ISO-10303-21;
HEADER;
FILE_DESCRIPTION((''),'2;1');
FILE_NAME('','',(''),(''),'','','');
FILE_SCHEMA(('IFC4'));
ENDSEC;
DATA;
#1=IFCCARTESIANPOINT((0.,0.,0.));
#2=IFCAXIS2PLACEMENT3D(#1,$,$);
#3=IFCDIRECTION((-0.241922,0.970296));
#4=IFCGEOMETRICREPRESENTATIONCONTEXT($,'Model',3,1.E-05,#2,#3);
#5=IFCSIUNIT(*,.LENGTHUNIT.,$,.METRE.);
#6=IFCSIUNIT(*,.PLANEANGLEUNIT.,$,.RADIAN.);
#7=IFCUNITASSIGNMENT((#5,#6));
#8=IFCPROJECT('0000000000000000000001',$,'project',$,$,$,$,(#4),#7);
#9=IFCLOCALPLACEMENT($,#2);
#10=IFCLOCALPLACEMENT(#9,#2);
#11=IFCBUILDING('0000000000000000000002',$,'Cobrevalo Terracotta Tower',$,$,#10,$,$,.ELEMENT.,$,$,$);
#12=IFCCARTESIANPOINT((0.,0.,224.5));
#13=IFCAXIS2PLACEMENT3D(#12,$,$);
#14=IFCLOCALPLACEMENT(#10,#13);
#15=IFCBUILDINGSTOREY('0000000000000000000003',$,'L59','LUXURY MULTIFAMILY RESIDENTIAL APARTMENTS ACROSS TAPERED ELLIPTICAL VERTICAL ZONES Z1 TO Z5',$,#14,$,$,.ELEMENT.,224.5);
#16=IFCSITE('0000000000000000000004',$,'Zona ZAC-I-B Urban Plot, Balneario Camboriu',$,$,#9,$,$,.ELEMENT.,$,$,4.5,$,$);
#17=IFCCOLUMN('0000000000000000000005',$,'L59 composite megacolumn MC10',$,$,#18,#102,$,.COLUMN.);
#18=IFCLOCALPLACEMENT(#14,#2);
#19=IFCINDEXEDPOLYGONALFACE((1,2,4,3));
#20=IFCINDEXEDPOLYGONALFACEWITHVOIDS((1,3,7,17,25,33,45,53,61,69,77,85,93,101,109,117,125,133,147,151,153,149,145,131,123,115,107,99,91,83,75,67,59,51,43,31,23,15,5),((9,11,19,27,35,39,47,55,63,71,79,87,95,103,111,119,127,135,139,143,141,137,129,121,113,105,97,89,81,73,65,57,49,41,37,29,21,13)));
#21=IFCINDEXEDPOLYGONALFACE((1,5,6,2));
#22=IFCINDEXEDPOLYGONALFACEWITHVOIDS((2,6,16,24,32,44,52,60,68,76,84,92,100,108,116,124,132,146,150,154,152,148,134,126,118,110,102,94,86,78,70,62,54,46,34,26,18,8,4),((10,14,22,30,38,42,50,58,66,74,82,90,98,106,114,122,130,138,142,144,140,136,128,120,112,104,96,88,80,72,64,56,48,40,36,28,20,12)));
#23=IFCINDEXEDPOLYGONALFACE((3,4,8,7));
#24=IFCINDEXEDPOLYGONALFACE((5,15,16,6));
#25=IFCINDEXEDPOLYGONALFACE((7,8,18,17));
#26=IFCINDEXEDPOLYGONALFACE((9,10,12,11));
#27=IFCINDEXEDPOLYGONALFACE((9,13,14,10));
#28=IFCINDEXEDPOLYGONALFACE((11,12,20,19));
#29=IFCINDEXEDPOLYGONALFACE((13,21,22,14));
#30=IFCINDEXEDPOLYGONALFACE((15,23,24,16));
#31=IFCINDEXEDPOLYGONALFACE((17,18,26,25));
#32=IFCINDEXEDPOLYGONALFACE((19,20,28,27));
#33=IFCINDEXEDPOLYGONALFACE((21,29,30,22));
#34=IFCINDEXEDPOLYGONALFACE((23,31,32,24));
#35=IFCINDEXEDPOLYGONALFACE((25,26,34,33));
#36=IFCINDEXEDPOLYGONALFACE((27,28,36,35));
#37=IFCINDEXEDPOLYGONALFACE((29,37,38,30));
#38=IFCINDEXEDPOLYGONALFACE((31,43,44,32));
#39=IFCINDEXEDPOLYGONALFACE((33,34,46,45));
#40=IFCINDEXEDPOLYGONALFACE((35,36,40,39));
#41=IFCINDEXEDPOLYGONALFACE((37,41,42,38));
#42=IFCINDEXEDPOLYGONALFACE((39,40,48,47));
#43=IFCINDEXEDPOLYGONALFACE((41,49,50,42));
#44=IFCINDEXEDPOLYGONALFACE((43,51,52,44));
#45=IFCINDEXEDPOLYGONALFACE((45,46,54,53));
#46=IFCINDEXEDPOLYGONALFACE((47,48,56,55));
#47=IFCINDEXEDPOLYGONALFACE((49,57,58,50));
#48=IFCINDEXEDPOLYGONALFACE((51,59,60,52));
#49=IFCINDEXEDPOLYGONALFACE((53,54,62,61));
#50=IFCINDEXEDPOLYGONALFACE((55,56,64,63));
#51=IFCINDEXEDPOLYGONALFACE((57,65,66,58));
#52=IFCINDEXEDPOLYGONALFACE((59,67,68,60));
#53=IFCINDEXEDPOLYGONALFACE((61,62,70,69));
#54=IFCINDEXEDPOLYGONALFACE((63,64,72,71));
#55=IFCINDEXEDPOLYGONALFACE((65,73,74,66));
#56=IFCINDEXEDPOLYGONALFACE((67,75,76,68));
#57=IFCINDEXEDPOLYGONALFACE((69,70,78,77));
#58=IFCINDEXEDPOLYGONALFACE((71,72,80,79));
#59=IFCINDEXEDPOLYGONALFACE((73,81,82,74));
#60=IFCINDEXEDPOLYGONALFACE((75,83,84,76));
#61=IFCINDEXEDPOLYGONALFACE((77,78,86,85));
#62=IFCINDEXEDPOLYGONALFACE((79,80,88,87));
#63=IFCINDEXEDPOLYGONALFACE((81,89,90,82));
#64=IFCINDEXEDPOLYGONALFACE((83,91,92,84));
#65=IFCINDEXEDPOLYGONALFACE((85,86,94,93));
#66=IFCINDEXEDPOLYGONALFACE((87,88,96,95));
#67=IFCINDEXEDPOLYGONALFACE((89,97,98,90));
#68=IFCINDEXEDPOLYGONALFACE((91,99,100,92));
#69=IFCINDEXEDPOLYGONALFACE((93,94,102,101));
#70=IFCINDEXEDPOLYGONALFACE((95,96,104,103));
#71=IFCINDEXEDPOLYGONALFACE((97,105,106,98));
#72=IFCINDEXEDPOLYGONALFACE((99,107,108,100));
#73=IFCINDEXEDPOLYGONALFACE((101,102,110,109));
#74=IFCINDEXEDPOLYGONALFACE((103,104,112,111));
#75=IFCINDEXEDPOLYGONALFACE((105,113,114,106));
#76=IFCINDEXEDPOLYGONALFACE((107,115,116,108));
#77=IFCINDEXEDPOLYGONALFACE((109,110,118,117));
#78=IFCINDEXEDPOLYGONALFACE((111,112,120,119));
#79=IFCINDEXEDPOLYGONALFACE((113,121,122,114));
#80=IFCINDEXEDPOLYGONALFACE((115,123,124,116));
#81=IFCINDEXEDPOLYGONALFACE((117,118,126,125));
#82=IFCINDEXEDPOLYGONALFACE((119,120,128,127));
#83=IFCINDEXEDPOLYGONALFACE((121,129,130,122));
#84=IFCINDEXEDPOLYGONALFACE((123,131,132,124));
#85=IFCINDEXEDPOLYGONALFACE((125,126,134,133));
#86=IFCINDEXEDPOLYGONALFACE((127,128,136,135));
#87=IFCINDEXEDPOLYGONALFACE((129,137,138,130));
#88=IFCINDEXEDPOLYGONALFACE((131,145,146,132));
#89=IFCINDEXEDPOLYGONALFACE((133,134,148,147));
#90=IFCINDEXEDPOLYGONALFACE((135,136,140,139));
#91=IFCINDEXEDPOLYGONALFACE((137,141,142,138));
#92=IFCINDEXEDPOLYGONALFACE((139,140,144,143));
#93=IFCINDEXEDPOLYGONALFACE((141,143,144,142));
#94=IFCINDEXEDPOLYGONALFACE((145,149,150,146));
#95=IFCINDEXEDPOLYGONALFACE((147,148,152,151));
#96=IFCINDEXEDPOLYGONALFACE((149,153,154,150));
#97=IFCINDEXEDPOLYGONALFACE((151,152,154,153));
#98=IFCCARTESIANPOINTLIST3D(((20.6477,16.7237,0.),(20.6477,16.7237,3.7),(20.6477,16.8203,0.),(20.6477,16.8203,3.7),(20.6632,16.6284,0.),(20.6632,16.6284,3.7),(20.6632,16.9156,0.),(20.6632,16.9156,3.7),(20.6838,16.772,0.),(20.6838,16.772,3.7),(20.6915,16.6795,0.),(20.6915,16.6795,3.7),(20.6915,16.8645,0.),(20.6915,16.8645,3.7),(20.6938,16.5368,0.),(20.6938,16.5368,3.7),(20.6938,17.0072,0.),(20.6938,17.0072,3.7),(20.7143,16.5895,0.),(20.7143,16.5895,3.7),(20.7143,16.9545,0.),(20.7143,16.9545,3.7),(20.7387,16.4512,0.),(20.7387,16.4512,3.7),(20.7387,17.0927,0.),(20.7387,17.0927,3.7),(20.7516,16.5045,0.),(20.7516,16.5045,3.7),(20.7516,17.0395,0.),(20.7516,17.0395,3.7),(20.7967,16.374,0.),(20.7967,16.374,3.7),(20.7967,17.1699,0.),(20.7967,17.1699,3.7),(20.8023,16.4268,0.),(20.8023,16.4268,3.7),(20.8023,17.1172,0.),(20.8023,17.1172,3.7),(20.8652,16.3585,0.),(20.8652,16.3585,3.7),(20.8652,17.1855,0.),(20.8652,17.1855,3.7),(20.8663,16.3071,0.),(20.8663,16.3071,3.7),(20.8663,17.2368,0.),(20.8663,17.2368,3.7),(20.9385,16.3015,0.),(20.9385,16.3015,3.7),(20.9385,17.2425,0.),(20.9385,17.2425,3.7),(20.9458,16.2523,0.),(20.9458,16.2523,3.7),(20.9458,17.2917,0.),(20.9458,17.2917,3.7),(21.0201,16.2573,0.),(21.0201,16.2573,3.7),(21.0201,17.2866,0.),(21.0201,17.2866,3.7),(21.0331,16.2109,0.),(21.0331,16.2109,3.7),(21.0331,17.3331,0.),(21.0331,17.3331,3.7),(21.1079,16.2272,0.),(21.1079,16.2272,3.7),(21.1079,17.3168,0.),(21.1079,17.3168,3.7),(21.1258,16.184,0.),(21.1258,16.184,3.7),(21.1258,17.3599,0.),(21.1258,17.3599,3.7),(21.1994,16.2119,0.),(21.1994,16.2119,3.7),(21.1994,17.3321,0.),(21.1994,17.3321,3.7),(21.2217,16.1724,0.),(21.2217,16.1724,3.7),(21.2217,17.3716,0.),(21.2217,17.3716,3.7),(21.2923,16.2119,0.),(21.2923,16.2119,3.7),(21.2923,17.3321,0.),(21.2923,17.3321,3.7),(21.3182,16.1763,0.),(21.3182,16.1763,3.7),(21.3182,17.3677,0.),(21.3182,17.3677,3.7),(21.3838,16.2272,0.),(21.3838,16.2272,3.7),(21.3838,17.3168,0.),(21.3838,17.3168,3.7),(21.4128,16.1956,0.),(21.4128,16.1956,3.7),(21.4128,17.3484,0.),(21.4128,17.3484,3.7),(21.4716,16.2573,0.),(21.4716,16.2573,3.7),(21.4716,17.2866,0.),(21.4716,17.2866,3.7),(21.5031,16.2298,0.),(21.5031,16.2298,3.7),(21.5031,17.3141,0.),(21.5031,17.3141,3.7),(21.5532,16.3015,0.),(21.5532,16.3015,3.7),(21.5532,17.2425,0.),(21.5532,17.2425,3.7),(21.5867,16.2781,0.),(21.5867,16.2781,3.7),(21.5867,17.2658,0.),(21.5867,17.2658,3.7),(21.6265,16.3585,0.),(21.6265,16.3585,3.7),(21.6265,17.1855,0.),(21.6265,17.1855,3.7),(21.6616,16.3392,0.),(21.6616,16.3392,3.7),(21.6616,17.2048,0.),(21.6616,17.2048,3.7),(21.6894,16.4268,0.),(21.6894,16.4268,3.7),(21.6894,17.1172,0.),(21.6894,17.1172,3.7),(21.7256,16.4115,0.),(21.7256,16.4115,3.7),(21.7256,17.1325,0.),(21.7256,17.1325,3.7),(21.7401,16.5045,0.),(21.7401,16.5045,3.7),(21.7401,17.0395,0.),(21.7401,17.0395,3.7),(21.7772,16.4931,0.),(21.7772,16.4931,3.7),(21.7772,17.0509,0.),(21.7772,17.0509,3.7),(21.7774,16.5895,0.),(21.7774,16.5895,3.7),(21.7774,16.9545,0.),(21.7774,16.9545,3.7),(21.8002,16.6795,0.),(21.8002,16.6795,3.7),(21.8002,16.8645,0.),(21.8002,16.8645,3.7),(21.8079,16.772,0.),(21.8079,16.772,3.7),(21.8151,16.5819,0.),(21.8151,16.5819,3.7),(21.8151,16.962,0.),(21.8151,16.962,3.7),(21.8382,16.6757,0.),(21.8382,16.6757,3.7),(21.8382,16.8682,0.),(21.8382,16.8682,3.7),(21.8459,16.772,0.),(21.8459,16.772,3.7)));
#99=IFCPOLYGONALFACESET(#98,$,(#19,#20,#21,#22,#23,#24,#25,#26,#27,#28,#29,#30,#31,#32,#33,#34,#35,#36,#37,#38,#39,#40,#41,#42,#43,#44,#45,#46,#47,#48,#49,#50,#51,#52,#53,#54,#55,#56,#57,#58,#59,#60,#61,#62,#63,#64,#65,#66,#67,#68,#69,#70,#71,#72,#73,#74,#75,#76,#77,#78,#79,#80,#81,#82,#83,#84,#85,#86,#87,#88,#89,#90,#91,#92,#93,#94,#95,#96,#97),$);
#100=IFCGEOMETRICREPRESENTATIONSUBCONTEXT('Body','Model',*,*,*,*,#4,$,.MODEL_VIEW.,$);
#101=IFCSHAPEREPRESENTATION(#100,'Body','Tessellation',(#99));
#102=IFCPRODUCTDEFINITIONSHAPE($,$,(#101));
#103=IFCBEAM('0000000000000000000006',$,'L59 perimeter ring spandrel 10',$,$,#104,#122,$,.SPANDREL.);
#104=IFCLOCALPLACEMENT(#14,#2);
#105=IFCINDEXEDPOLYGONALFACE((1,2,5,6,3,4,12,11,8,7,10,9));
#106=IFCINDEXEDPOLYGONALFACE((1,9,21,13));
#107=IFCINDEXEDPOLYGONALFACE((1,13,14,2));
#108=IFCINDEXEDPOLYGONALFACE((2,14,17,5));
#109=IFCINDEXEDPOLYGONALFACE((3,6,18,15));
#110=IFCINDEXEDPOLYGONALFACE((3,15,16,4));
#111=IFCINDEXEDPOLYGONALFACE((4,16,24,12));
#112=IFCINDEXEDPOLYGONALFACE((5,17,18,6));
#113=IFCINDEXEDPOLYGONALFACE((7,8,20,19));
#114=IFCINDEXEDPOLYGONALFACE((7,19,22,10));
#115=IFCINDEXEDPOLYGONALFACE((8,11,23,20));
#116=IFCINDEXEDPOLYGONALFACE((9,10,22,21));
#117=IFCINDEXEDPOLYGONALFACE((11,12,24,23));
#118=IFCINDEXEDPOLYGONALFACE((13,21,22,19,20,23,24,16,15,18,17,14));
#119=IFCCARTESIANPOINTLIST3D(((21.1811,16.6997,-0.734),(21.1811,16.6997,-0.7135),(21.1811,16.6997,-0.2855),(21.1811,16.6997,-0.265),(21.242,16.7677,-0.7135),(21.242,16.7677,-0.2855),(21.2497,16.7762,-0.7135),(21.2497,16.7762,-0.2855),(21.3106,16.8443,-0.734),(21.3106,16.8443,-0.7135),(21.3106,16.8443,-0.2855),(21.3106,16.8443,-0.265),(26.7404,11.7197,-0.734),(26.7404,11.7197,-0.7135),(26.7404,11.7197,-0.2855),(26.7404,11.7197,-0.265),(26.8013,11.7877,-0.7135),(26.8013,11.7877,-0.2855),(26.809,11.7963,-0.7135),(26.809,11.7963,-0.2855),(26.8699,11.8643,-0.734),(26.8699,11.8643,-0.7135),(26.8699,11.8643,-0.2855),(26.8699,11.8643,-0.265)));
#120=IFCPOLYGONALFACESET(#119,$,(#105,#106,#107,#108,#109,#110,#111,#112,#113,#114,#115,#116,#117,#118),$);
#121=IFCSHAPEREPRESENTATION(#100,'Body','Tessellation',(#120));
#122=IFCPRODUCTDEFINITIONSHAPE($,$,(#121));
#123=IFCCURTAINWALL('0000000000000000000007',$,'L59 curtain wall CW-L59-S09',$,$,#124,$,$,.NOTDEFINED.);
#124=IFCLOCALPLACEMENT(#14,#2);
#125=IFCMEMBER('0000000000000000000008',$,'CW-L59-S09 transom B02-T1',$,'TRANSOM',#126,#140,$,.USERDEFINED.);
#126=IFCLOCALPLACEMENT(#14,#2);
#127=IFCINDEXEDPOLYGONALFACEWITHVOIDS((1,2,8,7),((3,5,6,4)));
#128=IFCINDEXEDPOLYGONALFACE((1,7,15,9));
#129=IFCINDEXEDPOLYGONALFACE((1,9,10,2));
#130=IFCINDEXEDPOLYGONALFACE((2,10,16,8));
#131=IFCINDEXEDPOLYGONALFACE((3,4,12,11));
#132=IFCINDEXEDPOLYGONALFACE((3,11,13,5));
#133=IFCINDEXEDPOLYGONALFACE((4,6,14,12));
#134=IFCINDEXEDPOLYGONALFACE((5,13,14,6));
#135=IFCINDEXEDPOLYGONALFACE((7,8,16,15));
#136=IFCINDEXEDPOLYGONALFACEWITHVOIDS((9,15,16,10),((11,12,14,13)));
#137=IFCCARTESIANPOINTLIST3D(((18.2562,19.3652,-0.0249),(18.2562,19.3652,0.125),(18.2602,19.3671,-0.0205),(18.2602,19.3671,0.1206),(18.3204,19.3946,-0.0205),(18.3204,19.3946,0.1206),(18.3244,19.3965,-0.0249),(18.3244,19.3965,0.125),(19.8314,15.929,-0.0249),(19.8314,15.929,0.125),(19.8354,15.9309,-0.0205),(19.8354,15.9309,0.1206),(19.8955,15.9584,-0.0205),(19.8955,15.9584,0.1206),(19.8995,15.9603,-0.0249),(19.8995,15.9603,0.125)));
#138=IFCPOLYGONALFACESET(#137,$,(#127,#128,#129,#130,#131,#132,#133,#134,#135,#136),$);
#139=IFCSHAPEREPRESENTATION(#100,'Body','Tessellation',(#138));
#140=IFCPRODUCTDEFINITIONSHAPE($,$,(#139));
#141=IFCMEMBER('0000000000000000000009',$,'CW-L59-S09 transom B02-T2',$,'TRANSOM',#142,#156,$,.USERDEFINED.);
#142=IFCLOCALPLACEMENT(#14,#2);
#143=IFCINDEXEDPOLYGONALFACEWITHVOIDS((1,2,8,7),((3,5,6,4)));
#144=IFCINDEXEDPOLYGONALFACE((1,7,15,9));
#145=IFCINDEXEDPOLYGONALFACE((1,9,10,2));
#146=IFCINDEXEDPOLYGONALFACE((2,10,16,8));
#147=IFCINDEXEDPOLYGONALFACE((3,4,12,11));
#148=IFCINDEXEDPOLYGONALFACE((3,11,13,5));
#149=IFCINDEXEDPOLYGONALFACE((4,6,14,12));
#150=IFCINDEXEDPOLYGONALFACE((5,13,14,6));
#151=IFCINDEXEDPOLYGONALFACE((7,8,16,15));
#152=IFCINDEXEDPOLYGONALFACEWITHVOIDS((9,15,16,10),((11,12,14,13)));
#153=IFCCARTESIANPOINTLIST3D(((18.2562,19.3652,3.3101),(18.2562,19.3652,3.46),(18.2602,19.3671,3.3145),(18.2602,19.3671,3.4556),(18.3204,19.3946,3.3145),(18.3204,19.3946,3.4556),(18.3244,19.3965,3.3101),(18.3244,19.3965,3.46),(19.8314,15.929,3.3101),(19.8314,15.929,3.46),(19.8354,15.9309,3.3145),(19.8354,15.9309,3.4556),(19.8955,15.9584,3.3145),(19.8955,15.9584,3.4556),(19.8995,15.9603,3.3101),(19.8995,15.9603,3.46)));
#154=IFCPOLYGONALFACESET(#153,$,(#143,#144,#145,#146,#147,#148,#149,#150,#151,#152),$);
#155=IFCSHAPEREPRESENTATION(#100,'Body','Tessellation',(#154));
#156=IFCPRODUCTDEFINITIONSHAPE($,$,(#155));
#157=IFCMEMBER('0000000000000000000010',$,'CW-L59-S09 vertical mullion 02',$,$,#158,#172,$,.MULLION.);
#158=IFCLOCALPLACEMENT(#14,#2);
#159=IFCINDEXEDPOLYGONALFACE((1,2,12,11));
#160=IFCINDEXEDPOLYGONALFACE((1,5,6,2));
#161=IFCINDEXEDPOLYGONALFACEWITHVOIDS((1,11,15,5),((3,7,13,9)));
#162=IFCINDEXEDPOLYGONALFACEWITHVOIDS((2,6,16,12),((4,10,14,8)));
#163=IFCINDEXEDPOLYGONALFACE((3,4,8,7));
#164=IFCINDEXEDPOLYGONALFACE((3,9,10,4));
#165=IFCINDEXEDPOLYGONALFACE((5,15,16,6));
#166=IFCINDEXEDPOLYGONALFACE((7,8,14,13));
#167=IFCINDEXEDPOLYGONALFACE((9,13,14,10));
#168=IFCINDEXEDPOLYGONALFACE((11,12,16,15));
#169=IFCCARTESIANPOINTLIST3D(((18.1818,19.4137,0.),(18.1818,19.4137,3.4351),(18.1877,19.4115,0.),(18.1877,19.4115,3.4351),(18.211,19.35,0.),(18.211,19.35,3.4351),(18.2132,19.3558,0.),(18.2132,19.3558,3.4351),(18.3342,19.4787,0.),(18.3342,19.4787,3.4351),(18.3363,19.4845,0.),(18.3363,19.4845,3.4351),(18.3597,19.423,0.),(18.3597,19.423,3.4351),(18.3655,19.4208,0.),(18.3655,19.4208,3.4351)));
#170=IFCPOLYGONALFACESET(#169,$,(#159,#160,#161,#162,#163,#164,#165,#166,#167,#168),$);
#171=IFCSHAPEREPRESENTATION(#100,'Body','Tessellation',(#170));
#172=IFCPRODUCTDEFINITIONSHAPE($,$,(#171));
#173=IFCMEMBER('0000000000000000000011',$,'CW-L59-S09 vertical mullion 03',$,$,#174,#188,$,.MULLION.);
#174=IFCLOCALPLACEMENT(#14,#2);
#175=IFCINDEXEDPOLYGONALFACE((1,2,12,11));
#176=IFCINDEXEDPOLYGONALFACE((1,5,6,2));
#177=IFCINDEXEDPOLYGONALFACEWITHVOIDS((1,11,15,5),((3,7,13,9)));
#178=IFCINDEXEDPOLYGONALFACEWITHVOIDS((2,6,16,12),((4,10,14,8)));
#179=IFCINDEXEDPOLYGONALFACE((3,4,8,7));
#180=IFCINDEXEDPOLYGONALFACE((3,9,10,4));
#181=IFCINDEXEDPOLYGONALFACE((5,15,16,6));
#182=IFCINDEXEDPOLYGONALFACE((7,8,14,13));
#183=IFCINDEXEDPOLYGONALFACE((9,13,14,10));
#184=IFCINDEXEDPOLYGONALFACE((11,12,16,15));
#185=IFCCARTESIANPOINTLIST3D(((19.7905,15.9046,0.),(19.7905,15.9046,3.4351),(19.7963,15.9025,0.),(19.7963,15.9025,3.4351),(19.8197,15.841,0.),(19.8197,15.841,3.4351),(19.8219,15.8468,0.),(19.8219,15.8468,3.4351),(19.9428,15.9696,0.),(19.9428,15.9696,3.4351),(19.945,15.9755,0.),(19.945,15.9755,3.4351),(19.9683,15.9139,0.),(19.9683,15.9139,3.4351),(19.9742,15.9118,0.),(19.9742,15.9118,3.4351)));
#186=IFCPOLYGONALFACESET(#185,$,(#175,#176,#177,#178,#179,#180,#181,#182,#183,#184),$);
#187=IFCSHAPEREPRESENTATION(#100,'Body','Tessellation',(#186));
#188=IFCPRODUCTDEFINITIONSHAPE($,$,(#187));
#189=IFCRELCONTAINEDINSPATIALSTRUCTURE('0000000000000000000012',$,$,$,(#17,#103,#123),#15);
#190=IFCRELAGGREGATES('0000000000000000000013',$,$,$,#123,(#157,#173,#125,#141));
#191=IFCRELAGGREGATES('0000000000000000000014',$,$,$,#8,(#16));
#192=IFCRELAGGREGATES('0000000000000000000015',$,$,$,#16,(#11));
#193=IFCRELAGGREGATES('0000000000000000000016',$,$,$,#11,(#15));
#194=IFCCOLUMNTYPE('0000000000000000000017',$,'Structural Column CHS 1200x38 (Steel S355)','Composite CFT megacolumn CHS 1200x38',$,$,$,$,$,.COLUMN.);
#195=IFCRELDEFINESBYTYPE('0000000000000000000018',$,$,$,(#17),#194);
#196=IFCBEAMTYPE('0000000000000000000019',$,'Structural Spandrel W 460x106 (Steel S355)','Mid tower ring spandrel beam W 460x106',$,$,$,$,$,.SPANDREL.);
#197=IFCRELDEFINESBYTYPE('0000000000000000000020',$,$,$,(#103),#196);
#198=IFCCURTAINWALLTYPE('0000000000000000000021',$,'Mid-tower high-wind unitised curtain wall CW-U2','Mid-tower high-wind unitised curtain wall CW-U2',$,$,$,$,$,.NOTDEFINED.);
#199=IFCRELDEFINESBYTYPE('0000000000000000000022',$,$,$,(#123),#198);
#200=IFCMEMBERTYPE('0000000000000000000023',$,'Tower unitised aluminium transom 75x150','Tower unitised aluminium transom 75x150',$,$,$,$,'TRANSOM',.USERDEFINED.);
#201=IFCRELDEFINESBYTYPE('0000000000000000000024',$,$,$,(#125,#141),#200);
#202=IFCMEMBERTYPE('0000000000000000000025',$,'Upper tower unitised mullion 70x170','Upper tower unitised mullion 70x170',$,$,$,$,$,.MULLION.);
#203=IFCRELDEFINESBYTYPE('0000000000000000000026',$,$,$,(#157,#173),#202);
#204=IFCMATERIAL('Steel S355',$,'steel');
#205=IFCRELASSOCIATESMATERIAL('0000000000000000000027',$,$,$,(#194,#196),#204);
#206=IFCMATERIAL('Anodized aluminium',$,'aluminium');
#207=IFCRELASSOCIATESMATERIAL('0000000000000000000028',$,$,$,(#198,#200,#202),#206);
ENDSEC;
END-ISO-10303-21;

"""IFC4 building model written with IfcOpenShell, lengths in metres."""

from ifc_helpers import new_model, si_unit, direction, frame, origin, origin_2d, place, context, subcontext, project, spatial, hollow_rectangle, hollow_circle, i_section, extrude, source, transform, mapped, material, material_profile, profile_set, type_object, element, aggregate, save


model = new_model("IFC4")

# Units and contexts
model_context = context("Model", 3, precision=1e-05, world=origin(), true_north=direction((-0.241922, 0.970296)))
body_context = subcontext(model_context, "Body", "Model", "MODEL_VIEW")
ifc_project = project(units=[si_unit("LENGTHUNIT", "METRE"), si_unit("PLANEANGLEUNIT", "RADIAN")], contexts=[model_context])

# Site, building, storey
site_placement = place(None, origin())
site = spatial("IfcSite", under=ifc_project, at=site_placement, Name="Zona ZAC-I-B Urban Plot, Balneario Camboriu", CompositionType="ELEMENT", RefElevation=4.5)
building_placement = place(site_placement, origin())
building = spatial("IfcBuilding", under=site, at=building_placement, Name="Cobrevalo Terracotta Tower", CompositionType="ELEMENT")
storey_placement = place(building_placement, frame((0.0, 0.0, 224.5)))
storey = spatial("IfcBuildingStorey", under=building, at=storey_placement, Name="L59", Description="LUXURY MULTIFAMILY RESIDENTIAL APARTMENTS ACROSS TAPERED ELLIPTICAL VERTICAL ZONES Z1 TO Z5", CompositionType="ELEMENT", Elevation=224.5)

# Column
ifc_material_1 = material(Name="Steel S355", Category="steel")
ifc_material_profile_1 = material_profile(ifc_material_1, hollow_circle(Radius=0.6001, WallThickness=0.0381, at=origin_2d()), Name="CHS 1200x38")
ifc_profile_set_1 = profile_set([ifc_material_profile_1], Name="Steel S355")
column_type = type_object("IfcColumnType", Name="Structural Column CHS 1200x38 (Steel S355)", Description="Composite CFT megacolumn CHS 1200x38", PredefinedType="COLUMN", material=ifc_profile_set_1)
column_placement = place(storey_placement, frame((21.2458, 16.772, 0.0), z_axis=(0.0, 0.0, 1.0), x_axis=(1.0, 0.0, 0.0)))
element("IfcColumn", 1, at=column_placement, inside=storey, type_object=column_type, Name="L59 composite megacolumn MC10", PredefinedType="COLUMN", context=body_context, shape_type="SweptSolid", body=[
    extrude(hollow_circle(Radius=0.6001, WallThickness=0.0381, at=origin_2d()), origin(), (0.0, 0.0, 1.0), 3.7),
])

# Beam
ifc_material_profile_2 = material_profile(ifc_material_1, i_section(OverallWidth=0.1941, OverallDepth=0.469, WebThickness=0.0115, FlangeThickness=0.0205, at=origin_2d()), Name="W 460x106")
ifc_profile_set_2 = profile_set([ifc_material_profile_2], Name="Steel S355")
beam_type = type_object("IfcBeamType", Name="Structural Spandrel W 460x106 (Steel S355)", Description="Mid tower ring spandrel beam W 460x106", PredefinedType="SPANDREL", material=ifc_profile_set_2)
beam_placement = place(storey_placement, frame((21.2458, 16.772, -0.4995), z_axis=(0.744852, -0.66723, 0.0), x_axis=(0.66723, 0.744852, 0.0)))
element("IfcBeam", 2, at=beam_placement, inside=storey, type_object=beam_type, Name="L59 perimeter ring spandrel 10", PredefinedType="SPANDREL", context=body_context, shape_type="SweptSolid", body=[
    extrude(i_section(OverallWidth=0.1941, OverallDepth=0.469, WebThickness=0.0115, FlangeThickness=0.0205, at=origin_2d()), origin(), (0.0, 0.0, 1.0), 7.4636),
])

# Curtain wall, members
ifc_material_2 = material(Name="Anodized aluminium", Category="aluminium")
curtain_wall_type = type_object("IfcCurtainWallType", Name="Mid-tower high-wind unitised curtain wall CW-U2", Description="Mid-tower high-wind unitised curtain wall CW-U2", PredefinedType="NOTDEFINED", material=ifc_material_2)
curtain_wall_placement = place(storey_placement, origin())
curtain_wall = element("IfcCurtainWall", 3, at=curtain_wall_placement, inside=storey, type_object=curtain_wall_type, Name="L59 curtain wall CW-L59-S09", PredefinedType="NOTDEFINED")
ifc_material_profile_3 = material_profile(ifc_material_2, hollow_rectangle(XDim=0.075, YDim=0.1499, WallThickness=0.0044, at=origin_2d()), Name="CWT 75x150")
ifc_profile_set_3 = profile_set([ifc_material_profile_3], Name="Anodized aluminium")
member_type_1 = type_object("IfcMemberType", Name="Tower unitised aluminium transom 75x150", Description="Tower unitised aluminium transom 75x150", ElementType="TRANSOM", PredefinedType="USERDEFINED", material=ifc_profile_set_3)
shared_shape_1 = source(origin(), body_context, "Body", "SweptSolid", [
    extrude(hollow_rectangle(XDim=0.075, YDim=0.1499, WallThickness=0.0044, at=origin_2d()), origin(), (0.0, 0.0, 1.0), 3.78),
])
member_1_placement = place(storey_placement, frame((18.2903, 19.3809, 0.05), z_axis=(0.416706, -0.909041, 0.0), x_axis=(0.909041, 0.416706, 0.0)))
member_1 = element("IfcMember", 4, at=member_1_placement, type_object=member_type_1, Name="CW-L59-S09 transom B02-T1", ObjectType="TRANSOM", PredefinedType="USERDEFINED", context=body_context, shape_type="MappedRepresentation", body=[
    mapped(shared_shape_1, transform((0.0, 0.0, 0.0), scale=1.0)),
])
member_2_placement = place(storey_placement, frame((18.2903, 19.3809, 3.385), z_axis=(0.416706, -0.909041, 0.0), x_axis=(0.909041, 0.416706, 0.0)))
member_2 = element("IfcMember", 5, at=member_2_placement, type_object=member_type_1, Name="CW-L59-S09 transom B02-T2", ObjectType="TRANSOM", PredefinedType="USERDEFINED", context=body_context, shape_type="MappedRepresentation", body=[
    mapped(shared_shape_1, transform((0.0, 0.0, 0.0), scale=1.0)),
])
ifc_material_profile_4 = material_profile(ifc_material_2, hollow_rectangle(XDim=0.0701, YDim=0.1699, WallThickness=0.0044, at=origin_2d()), Name="CWM 70x170")
ifc_profile_set_4 = profile_set([ifc_material_profile_4], Name="Anodized aluminium")
member_type_2 = type_object("IfcMemberType", Name="Upper tower unitised mullion 70x170", Description="Upper tower unitised mullion 70x170", PredefinedType="MULLION", material=ifc_profile_set_4)
shared_shape_2 = source(origin(), body_context, "Body", "SweptSolid", [
    extrude(hollow_rectangle(XDim=0.0701, YDim=0.1699, WallThickness=0.0044, at=origin_2d()), origin(), (0.0, 0.0, 1.0), 3.4351),
])
member_3_placement = place(storey_placement, frame((18.2737, 19.4172, 0.0), z_axis=(0.0, 0.0, 1.0), x_axis=(0.416725, -0.909033, 0.0)))
member_3 = element("IfcMember", 6, at=member_3_placement, type_object=member_type_2, Name="CW-L59-S09 vertical mullion 02", PredefinedType="MULLION", context=body_context, shape_type="MappedRepresentation", body=[
    mapped(shared_shape_2, transform((0.0, 0.0, 0.0), scale=1.0)),
])
member_4_placement = place(storey_placement, frame((19.8823, 15.9082, 0.0), z_axis=(0.0, 0.0, 1.0), x_axis=(0.416725, -0.909033, 0.0)))
member_4 = element("IfcMember", 7, at=member_4_placement, type_object=member_type_2, Name="CW-L59-S09 vertical mullion 03", PredefinedType="MULLION", context=body_context, shape_type="MappedRepresentation", body=[
    mapped(shared_shape_2, transform((0.0, 0.0, 0.0), scale=1.0)),
])
aggregate(curtain_wall, [member_3, member_4, member_1, member_2])

save(model, "model.ifc")
